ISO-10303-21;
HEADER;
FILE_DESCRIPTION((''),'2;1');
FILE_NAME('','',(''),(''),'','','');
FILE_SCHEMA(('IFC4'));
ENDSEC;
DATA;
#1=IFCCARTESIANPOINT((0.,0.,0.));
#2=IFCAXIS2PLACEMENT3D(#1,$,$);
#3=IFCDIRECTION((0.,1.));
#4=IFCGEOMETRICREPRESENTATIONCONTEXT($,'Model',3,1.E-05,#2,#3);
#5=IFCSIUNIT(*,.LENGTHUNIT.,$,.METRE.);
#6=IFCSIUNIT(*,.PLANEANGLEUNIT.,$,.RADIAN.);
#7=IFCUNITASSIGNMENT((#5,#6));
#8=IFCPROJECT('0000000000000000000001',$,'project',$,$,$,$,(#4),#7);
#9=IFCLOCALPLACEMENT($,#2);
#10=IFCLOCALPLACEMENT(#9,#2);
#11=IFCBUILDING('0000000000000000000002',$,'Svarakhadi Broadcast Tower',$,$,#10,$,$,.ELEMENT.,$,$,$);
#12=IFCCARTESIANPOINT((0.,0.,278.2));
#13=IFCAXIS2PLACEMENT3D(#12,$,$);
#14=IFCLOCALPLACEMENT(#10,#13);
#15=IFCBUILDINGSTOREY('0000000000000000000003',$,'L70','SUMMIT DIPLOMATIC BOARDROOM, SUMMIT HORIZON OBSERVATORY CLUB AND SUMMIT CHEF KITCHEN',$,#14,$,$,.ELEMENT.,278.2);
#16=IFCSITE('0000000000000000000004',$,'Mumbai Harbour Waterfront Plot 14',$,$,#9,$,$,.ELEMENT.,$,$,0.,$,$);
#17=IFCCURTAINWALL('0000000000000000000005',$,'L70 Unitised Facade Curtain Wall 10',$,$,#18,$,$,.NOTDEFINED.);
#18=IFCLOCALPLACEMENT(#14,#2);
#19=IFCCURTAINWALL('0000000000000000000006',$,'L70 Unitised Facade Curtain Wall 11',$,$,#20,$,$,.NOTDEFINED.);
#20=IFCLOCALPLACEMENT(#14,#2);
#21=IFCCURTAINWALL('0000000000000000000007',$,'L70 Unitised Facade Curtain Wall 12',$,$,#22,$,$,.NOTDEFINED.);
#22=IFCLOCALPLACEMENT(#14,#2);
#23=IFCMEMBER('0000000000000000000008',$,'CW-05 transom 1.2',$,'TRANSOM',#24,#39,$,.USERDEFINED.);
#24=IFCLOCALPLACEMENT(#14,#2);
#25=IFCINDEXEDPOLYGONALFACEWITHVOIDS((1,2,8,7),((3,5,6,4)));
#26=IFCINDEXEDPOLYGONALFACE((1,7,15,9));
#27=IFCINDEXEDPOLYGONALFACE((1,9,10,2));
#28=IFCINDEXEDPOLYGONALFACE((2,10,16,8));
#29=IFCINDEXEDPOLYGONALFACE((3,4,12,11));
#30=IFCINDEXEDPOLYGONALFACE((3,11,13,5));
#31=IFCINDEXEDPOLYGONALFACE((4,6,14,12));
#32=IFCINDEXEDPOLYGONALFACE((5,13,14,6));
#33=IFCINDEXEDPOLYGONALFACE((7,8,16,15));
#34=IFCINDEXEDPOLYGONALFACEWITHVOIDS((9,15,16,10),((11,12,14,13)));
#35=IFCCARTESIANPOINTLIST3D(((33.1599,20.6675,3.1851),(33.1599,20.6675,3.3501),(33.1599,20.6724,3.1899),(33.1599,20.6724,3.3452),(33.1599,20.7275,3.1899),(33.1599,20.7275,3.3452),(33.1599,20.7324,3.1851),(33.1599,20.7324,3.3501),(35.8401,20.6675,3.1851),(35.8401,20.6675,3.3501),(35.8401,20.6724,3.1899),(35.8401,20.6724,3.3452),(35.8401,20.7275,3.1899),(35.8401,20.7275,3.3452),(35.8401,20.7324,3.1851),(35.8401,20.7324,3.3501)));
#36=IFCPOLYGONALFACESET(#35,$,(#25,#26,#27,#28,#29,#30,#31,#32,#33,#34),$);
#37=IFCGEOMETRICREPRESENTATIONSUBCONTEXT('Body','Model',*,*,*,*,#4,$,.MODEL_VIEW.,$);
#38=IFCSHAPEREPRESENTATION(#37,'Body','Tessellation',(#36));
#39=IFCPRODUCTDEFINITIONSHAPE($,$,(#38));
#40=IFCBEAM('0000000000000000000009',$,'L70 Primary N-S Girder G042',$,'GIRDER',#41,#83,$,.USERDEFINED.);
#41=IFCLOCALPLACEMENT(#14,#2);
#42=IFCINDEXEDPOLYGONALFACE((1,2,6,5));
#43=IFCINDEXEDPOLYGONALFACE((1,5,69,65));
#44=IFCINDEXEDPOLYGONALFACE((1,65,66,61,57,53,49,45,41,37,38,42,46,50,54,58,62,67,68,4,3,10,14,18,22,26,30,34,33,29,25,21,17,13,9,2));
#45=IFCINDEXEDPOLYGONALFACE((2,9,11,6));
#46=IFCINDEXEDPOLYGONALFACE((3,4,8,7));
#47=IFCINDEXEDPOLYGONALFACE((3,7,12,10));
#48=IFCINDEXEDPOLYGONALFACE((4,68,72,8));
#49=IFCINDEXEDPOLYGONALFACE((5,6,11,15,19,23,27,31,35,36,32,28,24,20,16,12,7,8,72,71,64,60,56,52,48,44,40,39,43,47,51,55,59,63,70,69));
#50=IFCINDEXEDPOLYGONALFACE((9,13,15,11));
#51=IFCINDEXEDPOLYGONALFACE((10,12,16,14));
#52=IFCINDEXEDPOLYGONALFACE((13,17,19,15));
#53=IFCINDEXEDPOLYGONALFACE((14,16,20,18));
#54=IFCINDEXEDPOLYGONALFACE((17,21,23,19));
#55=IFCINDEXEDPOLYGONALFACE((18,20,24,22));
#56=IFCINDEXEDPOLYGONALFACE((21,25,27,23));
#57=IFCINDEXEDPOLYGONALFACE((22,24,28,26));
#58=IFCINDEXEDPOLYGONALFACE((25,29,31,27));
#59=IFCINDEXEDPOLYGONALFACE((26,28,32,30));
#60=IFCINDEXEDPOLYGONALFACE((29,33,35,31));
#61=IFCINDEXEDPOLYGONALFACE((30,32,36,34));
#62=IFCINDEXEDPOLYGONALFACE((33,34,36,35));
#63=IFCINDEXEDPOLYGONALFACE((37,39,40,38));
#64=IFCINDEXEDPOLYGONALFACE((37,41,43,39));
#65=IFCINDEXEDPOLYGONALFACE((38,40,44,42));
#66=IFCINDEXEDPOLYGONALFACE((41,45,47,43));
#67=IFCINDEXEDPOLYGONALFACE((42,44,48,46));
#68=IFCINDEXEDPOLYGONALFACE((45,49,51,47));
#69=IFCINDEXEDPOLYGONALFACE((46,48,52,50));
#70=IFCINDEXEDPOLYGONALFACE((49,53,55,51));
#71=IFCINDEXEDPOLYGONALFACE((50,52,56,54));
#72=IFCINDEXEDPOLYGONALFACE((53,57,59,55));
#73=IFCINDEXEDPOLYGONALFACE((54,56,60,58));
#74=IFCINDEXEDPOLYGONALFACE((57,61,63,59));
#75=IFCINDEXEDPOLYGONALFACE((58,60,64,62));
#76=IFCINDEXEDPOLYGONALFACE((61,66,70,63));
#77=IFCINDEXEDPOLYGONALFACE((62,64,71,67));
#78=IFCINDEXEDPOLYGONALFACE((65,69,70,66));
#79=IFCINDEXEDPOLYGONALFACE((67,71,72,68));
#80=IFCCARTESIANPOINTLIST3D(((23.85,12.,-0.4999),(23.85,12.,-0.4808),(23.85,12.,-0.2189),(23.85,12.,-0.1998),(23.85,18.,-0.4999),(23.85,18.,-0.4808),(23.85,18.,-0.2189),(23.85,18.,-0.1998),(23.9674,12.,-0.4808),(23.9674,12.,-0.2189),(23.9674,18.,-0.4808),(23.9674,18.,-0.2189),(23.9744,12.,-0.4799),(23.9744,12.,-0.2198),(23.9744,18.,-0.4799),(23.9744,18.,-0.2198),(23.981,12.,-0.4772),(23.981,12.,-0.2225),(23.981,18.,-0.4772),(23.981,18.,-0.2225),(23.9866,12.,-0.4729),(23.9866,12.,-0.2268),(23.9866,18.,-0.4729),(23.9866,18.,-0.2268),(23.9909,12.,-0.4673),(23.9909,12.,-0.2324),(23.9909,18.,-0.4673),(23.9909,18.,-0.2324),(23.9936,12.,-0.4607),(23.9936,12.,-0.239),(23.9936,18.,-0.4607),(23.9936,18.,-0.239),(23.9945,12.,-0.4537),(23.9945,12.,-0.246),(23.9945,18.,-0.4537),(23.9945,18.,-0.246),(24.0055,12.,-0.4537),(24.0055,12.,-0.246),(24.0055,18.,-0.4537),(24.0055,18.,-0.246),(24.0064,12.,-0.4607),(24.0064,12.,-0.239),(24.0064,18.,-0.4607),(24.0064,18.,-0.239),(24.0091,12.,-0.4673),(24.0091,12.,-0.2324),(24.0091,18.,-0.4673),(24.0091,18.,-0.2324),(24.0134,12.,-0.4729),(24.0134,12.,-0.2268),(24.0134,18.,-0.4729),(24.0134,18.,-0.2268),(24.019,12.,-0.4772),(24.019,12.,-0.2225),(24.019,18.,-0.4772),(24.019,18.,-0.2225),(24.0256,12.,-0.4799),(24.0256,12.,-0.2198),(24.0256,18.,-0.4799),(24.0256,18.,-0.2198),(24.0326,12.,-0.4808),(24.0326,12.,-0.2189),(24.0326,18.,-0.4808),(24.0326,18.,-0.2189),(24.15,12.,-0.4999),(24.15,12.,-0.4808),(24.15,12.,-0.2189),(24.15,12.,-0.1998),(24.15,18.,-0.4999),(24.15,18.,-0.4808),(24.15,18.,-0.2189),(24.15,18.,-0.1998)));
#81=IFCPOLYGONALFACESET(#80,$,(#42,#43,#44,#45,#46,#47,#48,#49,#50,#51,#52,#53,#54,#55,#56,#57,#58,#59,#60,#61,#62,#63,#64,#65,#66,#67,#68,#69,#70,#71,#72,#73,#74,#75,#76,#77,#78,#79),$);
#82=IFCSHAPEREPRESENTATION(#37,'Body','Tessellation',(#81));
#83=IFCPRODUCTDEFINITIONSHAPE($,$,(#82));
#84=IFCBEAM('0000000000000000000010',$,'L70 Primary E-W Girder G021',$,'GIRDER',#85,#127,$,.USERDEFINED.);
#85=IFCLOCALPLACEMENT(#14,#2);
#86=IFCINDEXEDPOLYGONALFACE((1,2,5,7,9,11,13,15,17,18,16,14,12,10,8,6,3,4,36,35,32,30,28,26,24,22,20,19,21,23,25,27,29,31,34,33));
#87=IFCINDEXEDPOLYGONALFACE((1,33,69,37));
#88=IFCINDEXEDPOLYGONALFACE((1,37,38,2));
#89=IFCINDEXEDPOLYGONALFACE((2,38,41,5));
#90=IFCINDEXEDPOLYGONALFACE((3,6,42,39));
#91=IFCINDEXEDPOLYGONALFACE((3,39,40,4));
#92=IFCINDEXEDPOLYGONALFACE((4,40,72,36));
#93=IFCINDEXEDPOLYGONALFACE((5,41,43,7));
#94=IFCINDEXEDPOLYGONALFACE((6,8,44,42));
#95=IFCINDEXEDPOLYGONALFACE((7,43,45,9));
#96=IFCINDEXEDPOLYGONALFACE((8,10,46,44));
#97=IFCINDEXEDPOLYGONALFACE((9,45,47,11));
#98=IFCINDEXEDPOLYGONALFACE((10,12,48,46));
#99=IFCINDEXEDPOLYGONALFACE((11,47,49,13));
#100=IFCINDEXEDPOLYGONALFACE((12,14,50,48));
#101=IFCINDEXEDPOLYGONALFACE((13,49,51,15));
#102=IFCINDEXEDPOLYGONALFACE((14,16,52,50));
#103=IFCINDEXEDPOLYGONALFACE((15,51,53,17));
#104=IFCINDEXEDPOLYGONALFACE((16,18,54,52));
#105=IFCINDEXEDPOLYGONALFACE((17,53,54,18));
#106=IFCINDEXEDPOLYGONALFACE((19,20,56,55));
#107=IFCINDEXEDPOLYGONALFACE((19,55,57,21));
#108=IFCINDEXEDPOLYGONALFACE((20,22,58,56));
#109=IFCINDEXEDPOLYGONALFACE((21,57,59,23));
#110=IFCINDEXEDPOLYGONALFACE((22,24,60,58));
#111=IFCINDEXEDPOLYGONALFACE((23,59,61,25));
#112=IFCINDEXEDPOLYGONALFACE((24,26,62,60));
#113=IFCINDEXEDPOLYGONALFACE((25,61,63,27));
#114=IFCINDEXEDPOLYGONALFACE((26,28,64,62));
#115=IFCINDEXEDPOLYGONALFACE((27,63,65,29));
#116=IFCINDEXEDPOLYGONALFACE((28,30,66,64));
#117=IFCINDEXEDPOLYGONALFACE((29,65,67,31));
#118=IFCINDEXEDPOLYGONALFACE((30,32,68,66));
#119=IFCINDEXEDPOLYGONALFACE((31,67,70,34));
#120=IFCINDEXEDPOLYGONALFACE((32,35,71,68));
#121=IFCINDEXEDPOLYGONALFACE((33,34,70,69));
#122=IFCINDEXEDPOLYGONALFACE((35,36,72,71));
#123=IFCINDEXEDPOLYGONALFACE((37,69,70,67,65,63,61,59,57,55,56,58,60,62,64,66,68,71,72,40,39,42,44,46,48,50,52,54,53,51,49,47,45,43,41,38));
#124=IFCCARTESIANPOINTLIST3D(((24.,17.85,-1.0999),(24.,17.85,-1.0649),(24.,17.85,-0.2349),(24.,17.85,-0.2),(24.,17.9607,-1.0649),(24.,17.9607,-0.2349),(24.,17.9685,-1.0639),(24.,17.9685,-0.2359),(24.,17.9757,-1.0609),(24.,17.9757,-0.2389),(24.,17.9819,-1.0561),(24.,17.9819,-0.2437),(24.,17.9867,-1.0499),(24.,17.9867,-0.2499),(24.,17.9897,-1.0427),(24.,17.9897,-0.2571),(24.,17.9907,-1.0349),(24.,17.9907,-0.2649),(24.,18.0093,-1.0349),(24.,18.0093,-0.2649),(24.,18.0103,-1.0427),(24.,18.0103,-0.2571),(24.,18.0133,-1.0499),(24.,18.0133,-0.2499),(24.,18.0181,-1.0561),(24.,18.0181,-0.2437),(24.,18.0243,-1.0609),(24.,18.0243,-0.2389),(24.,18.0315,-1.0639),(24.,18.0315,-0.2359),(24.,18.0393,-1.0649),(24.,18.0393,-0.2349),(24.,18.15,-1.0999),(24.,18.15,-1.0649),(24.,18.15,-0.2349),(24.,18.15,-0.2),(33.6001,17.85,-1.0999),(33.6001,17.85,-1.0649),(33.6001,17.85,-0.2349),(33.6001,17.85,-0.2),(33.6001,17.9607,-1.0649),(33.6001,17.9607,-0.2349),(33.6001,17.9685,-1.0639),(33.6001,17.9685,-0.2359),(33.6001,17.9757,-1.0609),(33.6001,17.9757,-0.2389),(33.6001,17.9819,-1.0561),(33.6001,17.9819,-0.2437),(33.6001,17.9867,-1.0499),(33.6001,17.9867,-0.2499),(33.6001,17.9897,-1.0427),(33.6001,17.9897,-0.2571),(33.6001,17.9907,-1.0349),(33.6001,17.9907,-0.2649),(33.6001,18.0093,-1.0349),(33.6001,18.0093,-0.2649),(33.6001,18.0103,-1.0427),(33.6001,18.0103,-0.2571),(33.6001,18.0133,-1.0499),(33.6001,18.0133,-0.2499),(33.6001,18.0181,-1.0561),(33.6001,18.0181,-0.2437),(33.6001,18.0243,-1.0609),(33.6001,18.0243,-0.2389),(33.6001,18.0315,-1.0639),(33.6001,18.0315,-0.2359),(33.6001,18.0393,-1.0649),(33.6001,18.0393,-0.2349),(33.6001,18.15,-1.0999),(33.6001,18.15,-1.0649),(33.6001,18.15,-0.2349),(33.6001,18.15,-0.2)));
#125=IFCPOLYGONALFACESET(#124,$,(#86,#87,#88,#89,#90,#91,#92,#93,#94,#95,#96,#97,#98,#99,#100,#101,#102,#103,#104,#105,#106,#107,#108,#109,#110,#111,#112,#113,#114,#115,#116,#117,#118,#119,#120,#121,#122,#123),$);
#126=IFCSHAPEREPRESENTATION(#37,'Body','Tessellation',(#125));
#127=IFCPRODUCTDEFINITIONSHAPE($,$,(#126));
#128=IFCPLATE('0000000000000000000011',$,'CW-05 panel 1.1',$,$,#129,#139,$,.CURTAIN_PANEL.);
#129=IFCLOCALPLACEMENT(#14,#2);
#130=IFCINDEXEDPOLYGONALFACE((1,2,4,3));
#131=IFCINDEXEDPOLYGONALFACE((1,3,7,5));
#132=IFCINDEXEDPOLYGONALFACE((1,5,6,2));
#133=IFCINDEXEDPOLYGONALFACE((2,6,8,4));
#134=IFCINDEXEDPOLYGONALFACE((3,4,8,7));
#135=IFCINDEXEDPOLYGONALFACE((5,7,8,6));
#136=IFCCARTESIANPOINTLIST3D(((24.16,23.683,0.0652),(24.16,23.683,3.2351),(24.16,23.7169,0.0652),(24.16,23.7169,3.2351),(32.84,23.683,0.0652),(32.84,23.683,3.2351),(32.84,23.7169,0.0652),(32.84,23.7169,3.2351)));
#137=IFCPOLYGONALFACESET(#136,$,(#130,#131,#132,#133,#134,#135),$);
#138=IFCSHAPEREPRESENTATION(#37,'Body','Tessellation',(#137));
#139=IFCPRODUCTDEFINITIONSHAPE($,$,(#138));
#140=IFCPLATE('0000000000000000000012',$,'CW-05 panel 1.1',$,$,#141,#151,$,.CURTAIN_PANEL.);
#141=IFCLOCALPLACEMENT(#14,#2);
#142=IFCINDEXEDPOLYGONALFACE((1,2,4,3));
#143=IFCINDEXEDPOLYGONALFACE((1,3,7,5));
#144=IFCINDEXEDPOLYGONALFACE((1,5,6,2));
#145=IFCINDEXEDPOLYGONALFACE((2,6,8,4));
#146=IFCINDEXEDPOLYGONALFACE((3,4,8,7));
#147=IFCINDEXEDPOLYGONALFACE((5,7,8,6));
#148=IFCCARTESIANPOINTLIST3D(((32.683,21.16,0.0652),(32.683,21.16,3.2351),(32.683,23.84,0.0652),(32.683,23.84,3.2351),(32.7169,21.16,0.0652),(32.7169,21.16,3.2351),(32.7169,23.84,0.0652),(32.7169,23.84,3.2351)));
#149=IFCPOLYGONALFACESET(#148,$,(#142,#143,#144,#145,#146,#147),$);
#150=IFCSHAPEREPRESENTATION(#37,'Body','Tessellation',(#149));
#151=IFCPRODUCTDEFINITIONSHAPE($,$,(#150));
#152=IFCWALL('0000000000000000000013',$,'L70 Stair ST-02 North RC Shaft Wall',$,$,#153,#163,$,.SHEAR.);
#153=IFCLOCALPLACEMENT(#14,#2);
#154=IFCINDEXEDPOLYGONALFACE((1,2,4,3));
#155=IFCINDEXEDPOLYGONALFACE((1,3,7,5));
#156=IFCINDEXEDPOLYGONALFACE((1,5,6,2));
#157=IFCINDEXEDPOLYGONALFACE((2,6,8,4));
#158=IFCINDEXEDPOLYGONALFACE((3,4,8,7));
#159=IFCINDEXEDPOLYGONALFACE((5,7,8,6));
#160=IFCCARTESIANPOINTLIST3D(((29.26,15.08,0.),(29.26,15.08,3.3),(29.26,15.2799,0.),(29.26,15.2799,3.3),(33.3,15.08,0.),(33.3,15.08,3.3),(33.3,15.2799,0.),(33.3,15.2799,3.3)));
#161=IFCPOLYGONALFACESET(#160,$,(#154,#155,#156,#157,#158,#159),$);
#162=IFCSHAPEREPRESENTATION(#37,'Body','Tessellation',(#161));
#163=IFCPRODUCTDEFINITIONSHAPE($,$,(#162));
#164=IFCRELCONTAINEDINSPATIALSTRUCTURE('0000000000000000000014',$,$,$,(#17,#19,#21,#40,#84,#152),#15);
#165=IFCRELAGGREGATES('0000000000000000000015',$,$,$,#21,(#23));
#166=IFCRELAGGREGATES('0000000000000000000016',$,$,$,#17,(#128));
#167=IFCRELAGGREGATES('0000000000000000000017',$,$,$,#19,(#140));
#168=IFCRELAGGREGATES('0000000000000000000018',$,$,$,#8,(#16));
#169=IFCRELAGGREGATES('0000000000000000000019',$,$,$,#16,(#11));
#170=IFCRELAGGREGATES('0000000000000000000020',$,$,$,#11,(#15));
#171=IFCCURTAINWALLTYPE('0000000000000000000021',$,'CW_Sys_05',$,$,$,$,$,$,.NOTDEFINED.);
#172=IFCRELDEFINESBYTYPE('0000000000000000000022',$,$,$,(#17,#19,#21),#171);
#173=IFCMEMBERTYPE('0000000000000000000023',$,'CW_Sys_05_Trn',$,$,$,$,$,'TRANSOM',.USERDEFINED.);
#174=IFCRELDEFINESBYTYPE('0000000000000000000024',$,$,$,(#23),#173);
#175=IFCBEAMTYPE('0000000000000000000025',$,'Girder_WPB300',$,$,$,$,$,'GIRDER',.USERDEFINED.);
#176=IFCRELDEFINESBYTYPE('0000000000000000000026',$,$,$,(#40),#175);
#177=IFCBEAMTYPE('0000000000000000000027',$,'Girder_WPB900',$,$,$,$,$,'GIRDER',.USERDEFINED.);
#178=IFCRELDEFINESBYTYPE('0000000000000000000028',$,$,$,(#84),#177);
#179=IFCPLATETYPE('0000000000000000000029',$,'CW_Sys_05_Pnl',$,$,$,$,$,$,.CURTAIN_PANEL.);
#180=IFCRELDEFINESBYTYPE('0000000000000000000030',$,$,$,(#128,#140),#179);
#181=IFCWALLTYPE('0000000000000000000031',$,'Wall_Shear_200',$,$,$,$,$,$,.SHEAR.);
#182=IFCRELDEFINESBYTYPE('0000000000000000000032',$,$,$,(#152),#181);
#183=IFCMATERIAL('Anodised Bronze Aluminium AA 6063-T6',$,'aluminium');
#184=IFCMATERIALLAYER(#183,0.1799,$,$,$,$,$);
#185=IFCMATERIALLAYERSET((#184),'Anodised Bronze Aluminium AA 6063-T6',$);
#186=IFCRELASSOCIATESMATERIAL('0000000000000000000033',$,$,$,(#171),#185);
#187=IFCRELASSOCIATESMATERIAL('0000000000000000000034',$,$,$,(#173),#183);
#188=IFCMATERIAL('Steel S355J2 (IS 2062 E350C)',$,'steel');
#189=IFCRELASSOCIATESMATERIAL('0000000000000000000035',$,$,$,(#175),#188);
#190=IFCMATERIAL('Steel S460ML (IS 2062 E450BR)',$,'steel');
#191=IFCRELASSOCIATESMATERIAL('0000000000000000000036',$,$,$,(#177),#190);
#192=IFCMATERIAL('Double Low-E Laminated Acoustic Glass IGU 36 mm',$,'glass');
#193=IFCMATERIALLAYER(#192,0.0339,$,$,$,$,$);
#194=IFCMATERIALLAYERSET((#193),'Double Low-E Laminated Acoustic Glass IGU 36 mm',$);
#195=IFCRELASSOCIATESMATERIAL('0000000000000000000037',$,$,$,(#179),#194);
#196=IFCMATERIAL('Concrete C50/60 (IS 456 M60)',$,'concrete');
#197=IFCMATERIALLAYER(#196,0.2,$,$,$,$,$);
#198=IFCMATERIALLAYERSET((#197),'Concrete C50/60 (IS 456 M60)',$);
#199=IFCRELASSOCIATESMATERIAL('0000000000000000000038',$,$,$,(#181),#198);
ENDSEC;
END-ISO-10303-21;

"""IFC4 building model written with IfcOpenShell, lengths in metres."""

from ifc_helpers import new_model, si_unit, direction, frame, frame_2d, origin, origin_2d, place, context, subcontext, project, spatial, rectangle, hollow_rectangle, i_section, extrude, material, layer, layer_set, material_profile, profile_set, type_object, element, aggregate, save


model = new_model("IFC4")

# Units and contexts
model_context = context("Model", 3, precision=1e-05, world=origin(), true_north=direction((0.0, 1.0)))
body_context = subcontext(model_context, "Body", "Model", "MODEL_VIEW")
ifc_project = project(units=[si_unit("LENGTHUNIT", "METRE"), si_unit("PLANEANGLEUNIT", "RADIAN")], contexts=[model_context])

# Site, building, storey
site_placement = place(None, origin())
site = spatial("IfcSite", under=ifc_project, at=site_placement, Name="Mumbai Harbour Waterfront Plot 14", CompositionType="ELEMENT", RefElevation=0.0)
building_placement = place(site_placement, origin())
building = spatial("IfcBuilding", under=site, at=building_placement, Name="Svarakhadi Broadcast Tower", CompositionType="ELEMENT")
storey_placement = place(building_placement, frame((0.0, 0.0, 278.2)))
storey = spatial("IfcBuildingStorey", under=building, at=storey_placement, Name="L70", Description="SUMMIT DIPLOMATIC BOARDROOM, SUMMIT HORIZON OBSERVATORY CLUB AND SUMMIT CHEF KITCHEN", CompositionType="ELEMENT", Elevation=278.2)

# Shared definitions
ifc_material_1 = material(Name="Concrete C50/60 (IS 456 M60)", Category="concrete")

# Curtain walls
ifc_material_2 = material(Name="Anodised Bronze Aluminium AA 6063-T6", Category="aluminium")
ifc_layer_1 = layer(ifc_material_2, 0.1799)
ifc_layer_set_1 = layer_set([ifc_layer_1], Name="Anodised Bronze Aluminium AA 6063-T6")
curtain_wall_type = type_object("IfcCurtainWallType", Name="CW_Sys_05", PredefinedType="NOTDEFINED", material=ifc_layer_set_1)
curtain_wall_1_placement = place(storey_placement, origin())
curtain_wall_1 = element("IfcCurtainWall", 1, at=curtain_wall_1_placement, inside=storey, type_object=curtain_wall_type, Name="L70 Unitised Facade Curtain Wall 10", PredefinedType="NOTDEFINED")
curtain_wall_2_placement = place(storey_placement, origin())
curtain_wall_2 = element("IfcCurtainWall", 2, at=curtain_wall_2_placement, inside=storey, type_object=curtain_wall_type, Name="L70 Unitised Facade Curtain Wall 11", PredefinedType="NOTDEFINED")

# Curtain wall
curtain_wall_3_placement = place(storey_placement, origin())
curtain_wall_3 = element("IfcCurtainWall", 3, at=curtain_wall_3_placement, inside=storey, type_object=curtain_wall_type, Name="L70 Unitised Facade Curtain Wall 12", PredefinedType="NOTDEFINED")

# Member
ifc_material_profile_1 = material_profile(ifc_material_2, hollow_rectangle(XDim=0.0649, YDim=0.165, WallThickness=0.0049, at=origin_2d()), Name="ALU TRANSOM 165x65x5")
ifc_profile_set_1 = profile_set([ifc_material_profile_1], Name="Anodised Bronze Aluminium AA 6063-T6")
member_type_1 = type_object("IfcMemberType", Name="CW_Sys_05_Trn", ElementType="TRANSOM", PredefinedType="USERDEFINED", material=ifc_profile_set_1)
member_1_placement = place(storey_placement, frame((33.1599, 20.7, 3.2676), z_axis=(1.0, 0.0, 0.0), x_axis=(0.0, 1.0, 0.0)))
member_1 = element("IfcMember", 4, at=member_1_placement, type_object=member_type_1, Name="CW-05 transom 1.2", ObjectType="TRANSOM", PredefinedType="USERDEFINED", context=body_context, shape_type="SweptSolid", body=[
    extrude(hollow_rectangle(XDim=0.0649, YDim=0.165, WallThickness=0.0049, at=origin_2d()), origin(), (0.0, 0.0, 1.0), 2.6802),
])
aggregate(curtain_wall_3, [member_1])

# Beams
ifc_material_3 = material(Name="Steel S355J2 (IS 2062 E350C)", Category="steel")
ifc_material_profile_2 = material_profile(ifc_material_3, i_section(OverallWidth=0.3, OverallDepth=0.3, WebThickness=0.011, FlangeThickness=0.019, FilletRadius=0.0271, at=origin_2d()), Name="WPB 300x300x117")
ifc_profile_set_2 = profile_set([ifc_material_profile_2], Name="Steel S355J2 (IS 2062 E350C)")
beam_type_1 = type_object("IfcBeamType", Name="Girder_WPB300", ElementType="GIRDER", PredefinedType="USERDEFINED", material=ifc_profile_set_2)
beam_1_placement = place(storey_placement, frame((24.0, 12.0, -0.3499), z_axis=(0.0, 1.0, 0.0), x_axis=(-1.0, 0.0, 0.0)))
element("IfcBeam", 5, at=beam_1_placement, inside=storey, type_object=beam_type_1, Name="L70 Primary N-S Girder G042", ObjectType="GIRDER", PredefinedType="USERDEFINED", context=body_context, shape_type="SweptSolid", body=[
    extrude(i_section(OverallWidth=0.3, OverallDepth=0.3, WebThickness=0.011, FlangeThickness=0.019, FilletRadius=0.0271, at=origin_2d()), origin(), (0.0, 0.0, 1.0), 6.0),
])
ifc_material_4 = material(Name="Steel S460ML (IS 2062 E450BR)", Category="steel")
ifc_material_profile_3 = material_profile(ifc_material_4, i_section(OverallWidth=0.3, OverallDepth=0.8999, WebThickness=0.0186, FlangeThickness=0.0349, FilletRadius=0.03, at=origin_2d()), Name="WPB 900x300x291")
ifc_profile_set_3 = profile_set([ifc_material_profile_3], Name="Steel S460ML (IS 2062 E450BR)")
beam_type_2 = type_object("IfcBeamType", Name="Girder_WPB900", ElementType="GIRDER", PredefinedType="USERDEFINED", material=ifc_profile_set_3)
beam_2_placement = place(storey_placement, frame((24.0, 18.0, -0.6499), z_axis=(1.0, 0.0, 0.0), x_axis=(0.0, 1.0, 0.0)))
element("IfcBeam", 6, at=beam_2_placement, inside=storey, type_object=beam_type_2, Name="L70 Primary E-W Girder G021", ObjectType="GIRDER", PredefinedType="USERDEFINED", context=body_context, shape_type="SweptSolid", body=[
    extrude(i_section(OverallWidth=0.3, OverallDepth=0.8999, WebThickness=0.0186, FlangeThickness=0.0349, FilletRadius=0.03, at=origin_2d()), origin(), (0.0, 0.0, 1.0), 9.6001),
])

# Plates
ifc_material_5 = material(Name="Double Low-E Laminated Acoustic Glass IGU 36 mm", Category="glass")
ifc_layer_2 = layer(ifc_material_5, 0.0339)
ifc_layer_set_2 = layer_set([ifc_layer_2], Name="Double Low-E Laminated Acoustic Glass IGU 36 mm")
plate_type = type_object("IfcPlateType", Name="CW_Sys_05_Pnl", PredefinedType="CURTAIN_PANEL", material=ifc_layer_set_2)
plate_1_placement = place(storey_placement, frame((28.5, 23.7, 0.0652), z_axis=(0.0, 0.0, 1.0), x_axis=(1.0, 0.0, 0.0)))
plate_1 = element("IfcPlate", 7, at=plate_1_placement, type_object=plate_type, Name="CW-05 panel 1.1", PredefinedType="CURTAIN_PANEL", context=body_context, shape_type="SweptSolid", body=[
    extrude(rectangle(XDim=8.6799, YDim=0.0339, at=origin_2d()), origin(), (0.0, 0.0, 1.0), 3.1699),
])
aggregate(curtain_wall_1, [plate_1])
plate_2_placement = place(storey_placement, frame((32.7, 22.5, 0.0652), z_axis=(0.0, 0.0, 1.0), x_axis=(0.0, -1.0, 0.0)))
plate_2 = element("IfcPlate", 8, at=plate_2_placement, type_object=plate_type, Name="CW-05 panel 1.1", PredefinedType="CURTAIN_PANEL", context=body_context, shape_type="SweptSolid", body=[
    extrude(rectangle(XDim=2.6799, YDim=0.0339, at=origin_2d()), origin(), (0.0, 0.0, 1.0), 3.1699),
])
aggregate(curtain_wall_2, [plate_2])

# Wall
ifc_layer_3 = layer(ifc_material_1, 0.2)
ifc_layer_set_3 = layer_set([ifc_layer_3], Name="Concrete C50/60 (IS 456 M60)")
wall_type_1 = type_object("IfcWallType", Name="Wall_Shear_200", PredefinedType="SHEAR", material=ifc_layer_set_3)
wall_1_placement = place(storey_placement, frame((29.26, 15.1799, 0.0), z_axis=(0.0, 0.0, 1.0), x_axis=(1.0, 0.0, 0.0)))
element("IfcWall", 9, at=wall_1_placement, inside=storey, type_object=wall_type_1, Name="L70 Stair ST-02 North RC Shaft Wall", PredefinedType="SHEAR", context=body_context, shape_type="SweptSolid", body=[
    extrude(rectangle(XDim=4.04, YDim=0.2, at=frame_2d((2.02, 0.0))), origin(), (0.0, 0.0, 1.0), 3.3),
])

save(model, "model.ifc")
